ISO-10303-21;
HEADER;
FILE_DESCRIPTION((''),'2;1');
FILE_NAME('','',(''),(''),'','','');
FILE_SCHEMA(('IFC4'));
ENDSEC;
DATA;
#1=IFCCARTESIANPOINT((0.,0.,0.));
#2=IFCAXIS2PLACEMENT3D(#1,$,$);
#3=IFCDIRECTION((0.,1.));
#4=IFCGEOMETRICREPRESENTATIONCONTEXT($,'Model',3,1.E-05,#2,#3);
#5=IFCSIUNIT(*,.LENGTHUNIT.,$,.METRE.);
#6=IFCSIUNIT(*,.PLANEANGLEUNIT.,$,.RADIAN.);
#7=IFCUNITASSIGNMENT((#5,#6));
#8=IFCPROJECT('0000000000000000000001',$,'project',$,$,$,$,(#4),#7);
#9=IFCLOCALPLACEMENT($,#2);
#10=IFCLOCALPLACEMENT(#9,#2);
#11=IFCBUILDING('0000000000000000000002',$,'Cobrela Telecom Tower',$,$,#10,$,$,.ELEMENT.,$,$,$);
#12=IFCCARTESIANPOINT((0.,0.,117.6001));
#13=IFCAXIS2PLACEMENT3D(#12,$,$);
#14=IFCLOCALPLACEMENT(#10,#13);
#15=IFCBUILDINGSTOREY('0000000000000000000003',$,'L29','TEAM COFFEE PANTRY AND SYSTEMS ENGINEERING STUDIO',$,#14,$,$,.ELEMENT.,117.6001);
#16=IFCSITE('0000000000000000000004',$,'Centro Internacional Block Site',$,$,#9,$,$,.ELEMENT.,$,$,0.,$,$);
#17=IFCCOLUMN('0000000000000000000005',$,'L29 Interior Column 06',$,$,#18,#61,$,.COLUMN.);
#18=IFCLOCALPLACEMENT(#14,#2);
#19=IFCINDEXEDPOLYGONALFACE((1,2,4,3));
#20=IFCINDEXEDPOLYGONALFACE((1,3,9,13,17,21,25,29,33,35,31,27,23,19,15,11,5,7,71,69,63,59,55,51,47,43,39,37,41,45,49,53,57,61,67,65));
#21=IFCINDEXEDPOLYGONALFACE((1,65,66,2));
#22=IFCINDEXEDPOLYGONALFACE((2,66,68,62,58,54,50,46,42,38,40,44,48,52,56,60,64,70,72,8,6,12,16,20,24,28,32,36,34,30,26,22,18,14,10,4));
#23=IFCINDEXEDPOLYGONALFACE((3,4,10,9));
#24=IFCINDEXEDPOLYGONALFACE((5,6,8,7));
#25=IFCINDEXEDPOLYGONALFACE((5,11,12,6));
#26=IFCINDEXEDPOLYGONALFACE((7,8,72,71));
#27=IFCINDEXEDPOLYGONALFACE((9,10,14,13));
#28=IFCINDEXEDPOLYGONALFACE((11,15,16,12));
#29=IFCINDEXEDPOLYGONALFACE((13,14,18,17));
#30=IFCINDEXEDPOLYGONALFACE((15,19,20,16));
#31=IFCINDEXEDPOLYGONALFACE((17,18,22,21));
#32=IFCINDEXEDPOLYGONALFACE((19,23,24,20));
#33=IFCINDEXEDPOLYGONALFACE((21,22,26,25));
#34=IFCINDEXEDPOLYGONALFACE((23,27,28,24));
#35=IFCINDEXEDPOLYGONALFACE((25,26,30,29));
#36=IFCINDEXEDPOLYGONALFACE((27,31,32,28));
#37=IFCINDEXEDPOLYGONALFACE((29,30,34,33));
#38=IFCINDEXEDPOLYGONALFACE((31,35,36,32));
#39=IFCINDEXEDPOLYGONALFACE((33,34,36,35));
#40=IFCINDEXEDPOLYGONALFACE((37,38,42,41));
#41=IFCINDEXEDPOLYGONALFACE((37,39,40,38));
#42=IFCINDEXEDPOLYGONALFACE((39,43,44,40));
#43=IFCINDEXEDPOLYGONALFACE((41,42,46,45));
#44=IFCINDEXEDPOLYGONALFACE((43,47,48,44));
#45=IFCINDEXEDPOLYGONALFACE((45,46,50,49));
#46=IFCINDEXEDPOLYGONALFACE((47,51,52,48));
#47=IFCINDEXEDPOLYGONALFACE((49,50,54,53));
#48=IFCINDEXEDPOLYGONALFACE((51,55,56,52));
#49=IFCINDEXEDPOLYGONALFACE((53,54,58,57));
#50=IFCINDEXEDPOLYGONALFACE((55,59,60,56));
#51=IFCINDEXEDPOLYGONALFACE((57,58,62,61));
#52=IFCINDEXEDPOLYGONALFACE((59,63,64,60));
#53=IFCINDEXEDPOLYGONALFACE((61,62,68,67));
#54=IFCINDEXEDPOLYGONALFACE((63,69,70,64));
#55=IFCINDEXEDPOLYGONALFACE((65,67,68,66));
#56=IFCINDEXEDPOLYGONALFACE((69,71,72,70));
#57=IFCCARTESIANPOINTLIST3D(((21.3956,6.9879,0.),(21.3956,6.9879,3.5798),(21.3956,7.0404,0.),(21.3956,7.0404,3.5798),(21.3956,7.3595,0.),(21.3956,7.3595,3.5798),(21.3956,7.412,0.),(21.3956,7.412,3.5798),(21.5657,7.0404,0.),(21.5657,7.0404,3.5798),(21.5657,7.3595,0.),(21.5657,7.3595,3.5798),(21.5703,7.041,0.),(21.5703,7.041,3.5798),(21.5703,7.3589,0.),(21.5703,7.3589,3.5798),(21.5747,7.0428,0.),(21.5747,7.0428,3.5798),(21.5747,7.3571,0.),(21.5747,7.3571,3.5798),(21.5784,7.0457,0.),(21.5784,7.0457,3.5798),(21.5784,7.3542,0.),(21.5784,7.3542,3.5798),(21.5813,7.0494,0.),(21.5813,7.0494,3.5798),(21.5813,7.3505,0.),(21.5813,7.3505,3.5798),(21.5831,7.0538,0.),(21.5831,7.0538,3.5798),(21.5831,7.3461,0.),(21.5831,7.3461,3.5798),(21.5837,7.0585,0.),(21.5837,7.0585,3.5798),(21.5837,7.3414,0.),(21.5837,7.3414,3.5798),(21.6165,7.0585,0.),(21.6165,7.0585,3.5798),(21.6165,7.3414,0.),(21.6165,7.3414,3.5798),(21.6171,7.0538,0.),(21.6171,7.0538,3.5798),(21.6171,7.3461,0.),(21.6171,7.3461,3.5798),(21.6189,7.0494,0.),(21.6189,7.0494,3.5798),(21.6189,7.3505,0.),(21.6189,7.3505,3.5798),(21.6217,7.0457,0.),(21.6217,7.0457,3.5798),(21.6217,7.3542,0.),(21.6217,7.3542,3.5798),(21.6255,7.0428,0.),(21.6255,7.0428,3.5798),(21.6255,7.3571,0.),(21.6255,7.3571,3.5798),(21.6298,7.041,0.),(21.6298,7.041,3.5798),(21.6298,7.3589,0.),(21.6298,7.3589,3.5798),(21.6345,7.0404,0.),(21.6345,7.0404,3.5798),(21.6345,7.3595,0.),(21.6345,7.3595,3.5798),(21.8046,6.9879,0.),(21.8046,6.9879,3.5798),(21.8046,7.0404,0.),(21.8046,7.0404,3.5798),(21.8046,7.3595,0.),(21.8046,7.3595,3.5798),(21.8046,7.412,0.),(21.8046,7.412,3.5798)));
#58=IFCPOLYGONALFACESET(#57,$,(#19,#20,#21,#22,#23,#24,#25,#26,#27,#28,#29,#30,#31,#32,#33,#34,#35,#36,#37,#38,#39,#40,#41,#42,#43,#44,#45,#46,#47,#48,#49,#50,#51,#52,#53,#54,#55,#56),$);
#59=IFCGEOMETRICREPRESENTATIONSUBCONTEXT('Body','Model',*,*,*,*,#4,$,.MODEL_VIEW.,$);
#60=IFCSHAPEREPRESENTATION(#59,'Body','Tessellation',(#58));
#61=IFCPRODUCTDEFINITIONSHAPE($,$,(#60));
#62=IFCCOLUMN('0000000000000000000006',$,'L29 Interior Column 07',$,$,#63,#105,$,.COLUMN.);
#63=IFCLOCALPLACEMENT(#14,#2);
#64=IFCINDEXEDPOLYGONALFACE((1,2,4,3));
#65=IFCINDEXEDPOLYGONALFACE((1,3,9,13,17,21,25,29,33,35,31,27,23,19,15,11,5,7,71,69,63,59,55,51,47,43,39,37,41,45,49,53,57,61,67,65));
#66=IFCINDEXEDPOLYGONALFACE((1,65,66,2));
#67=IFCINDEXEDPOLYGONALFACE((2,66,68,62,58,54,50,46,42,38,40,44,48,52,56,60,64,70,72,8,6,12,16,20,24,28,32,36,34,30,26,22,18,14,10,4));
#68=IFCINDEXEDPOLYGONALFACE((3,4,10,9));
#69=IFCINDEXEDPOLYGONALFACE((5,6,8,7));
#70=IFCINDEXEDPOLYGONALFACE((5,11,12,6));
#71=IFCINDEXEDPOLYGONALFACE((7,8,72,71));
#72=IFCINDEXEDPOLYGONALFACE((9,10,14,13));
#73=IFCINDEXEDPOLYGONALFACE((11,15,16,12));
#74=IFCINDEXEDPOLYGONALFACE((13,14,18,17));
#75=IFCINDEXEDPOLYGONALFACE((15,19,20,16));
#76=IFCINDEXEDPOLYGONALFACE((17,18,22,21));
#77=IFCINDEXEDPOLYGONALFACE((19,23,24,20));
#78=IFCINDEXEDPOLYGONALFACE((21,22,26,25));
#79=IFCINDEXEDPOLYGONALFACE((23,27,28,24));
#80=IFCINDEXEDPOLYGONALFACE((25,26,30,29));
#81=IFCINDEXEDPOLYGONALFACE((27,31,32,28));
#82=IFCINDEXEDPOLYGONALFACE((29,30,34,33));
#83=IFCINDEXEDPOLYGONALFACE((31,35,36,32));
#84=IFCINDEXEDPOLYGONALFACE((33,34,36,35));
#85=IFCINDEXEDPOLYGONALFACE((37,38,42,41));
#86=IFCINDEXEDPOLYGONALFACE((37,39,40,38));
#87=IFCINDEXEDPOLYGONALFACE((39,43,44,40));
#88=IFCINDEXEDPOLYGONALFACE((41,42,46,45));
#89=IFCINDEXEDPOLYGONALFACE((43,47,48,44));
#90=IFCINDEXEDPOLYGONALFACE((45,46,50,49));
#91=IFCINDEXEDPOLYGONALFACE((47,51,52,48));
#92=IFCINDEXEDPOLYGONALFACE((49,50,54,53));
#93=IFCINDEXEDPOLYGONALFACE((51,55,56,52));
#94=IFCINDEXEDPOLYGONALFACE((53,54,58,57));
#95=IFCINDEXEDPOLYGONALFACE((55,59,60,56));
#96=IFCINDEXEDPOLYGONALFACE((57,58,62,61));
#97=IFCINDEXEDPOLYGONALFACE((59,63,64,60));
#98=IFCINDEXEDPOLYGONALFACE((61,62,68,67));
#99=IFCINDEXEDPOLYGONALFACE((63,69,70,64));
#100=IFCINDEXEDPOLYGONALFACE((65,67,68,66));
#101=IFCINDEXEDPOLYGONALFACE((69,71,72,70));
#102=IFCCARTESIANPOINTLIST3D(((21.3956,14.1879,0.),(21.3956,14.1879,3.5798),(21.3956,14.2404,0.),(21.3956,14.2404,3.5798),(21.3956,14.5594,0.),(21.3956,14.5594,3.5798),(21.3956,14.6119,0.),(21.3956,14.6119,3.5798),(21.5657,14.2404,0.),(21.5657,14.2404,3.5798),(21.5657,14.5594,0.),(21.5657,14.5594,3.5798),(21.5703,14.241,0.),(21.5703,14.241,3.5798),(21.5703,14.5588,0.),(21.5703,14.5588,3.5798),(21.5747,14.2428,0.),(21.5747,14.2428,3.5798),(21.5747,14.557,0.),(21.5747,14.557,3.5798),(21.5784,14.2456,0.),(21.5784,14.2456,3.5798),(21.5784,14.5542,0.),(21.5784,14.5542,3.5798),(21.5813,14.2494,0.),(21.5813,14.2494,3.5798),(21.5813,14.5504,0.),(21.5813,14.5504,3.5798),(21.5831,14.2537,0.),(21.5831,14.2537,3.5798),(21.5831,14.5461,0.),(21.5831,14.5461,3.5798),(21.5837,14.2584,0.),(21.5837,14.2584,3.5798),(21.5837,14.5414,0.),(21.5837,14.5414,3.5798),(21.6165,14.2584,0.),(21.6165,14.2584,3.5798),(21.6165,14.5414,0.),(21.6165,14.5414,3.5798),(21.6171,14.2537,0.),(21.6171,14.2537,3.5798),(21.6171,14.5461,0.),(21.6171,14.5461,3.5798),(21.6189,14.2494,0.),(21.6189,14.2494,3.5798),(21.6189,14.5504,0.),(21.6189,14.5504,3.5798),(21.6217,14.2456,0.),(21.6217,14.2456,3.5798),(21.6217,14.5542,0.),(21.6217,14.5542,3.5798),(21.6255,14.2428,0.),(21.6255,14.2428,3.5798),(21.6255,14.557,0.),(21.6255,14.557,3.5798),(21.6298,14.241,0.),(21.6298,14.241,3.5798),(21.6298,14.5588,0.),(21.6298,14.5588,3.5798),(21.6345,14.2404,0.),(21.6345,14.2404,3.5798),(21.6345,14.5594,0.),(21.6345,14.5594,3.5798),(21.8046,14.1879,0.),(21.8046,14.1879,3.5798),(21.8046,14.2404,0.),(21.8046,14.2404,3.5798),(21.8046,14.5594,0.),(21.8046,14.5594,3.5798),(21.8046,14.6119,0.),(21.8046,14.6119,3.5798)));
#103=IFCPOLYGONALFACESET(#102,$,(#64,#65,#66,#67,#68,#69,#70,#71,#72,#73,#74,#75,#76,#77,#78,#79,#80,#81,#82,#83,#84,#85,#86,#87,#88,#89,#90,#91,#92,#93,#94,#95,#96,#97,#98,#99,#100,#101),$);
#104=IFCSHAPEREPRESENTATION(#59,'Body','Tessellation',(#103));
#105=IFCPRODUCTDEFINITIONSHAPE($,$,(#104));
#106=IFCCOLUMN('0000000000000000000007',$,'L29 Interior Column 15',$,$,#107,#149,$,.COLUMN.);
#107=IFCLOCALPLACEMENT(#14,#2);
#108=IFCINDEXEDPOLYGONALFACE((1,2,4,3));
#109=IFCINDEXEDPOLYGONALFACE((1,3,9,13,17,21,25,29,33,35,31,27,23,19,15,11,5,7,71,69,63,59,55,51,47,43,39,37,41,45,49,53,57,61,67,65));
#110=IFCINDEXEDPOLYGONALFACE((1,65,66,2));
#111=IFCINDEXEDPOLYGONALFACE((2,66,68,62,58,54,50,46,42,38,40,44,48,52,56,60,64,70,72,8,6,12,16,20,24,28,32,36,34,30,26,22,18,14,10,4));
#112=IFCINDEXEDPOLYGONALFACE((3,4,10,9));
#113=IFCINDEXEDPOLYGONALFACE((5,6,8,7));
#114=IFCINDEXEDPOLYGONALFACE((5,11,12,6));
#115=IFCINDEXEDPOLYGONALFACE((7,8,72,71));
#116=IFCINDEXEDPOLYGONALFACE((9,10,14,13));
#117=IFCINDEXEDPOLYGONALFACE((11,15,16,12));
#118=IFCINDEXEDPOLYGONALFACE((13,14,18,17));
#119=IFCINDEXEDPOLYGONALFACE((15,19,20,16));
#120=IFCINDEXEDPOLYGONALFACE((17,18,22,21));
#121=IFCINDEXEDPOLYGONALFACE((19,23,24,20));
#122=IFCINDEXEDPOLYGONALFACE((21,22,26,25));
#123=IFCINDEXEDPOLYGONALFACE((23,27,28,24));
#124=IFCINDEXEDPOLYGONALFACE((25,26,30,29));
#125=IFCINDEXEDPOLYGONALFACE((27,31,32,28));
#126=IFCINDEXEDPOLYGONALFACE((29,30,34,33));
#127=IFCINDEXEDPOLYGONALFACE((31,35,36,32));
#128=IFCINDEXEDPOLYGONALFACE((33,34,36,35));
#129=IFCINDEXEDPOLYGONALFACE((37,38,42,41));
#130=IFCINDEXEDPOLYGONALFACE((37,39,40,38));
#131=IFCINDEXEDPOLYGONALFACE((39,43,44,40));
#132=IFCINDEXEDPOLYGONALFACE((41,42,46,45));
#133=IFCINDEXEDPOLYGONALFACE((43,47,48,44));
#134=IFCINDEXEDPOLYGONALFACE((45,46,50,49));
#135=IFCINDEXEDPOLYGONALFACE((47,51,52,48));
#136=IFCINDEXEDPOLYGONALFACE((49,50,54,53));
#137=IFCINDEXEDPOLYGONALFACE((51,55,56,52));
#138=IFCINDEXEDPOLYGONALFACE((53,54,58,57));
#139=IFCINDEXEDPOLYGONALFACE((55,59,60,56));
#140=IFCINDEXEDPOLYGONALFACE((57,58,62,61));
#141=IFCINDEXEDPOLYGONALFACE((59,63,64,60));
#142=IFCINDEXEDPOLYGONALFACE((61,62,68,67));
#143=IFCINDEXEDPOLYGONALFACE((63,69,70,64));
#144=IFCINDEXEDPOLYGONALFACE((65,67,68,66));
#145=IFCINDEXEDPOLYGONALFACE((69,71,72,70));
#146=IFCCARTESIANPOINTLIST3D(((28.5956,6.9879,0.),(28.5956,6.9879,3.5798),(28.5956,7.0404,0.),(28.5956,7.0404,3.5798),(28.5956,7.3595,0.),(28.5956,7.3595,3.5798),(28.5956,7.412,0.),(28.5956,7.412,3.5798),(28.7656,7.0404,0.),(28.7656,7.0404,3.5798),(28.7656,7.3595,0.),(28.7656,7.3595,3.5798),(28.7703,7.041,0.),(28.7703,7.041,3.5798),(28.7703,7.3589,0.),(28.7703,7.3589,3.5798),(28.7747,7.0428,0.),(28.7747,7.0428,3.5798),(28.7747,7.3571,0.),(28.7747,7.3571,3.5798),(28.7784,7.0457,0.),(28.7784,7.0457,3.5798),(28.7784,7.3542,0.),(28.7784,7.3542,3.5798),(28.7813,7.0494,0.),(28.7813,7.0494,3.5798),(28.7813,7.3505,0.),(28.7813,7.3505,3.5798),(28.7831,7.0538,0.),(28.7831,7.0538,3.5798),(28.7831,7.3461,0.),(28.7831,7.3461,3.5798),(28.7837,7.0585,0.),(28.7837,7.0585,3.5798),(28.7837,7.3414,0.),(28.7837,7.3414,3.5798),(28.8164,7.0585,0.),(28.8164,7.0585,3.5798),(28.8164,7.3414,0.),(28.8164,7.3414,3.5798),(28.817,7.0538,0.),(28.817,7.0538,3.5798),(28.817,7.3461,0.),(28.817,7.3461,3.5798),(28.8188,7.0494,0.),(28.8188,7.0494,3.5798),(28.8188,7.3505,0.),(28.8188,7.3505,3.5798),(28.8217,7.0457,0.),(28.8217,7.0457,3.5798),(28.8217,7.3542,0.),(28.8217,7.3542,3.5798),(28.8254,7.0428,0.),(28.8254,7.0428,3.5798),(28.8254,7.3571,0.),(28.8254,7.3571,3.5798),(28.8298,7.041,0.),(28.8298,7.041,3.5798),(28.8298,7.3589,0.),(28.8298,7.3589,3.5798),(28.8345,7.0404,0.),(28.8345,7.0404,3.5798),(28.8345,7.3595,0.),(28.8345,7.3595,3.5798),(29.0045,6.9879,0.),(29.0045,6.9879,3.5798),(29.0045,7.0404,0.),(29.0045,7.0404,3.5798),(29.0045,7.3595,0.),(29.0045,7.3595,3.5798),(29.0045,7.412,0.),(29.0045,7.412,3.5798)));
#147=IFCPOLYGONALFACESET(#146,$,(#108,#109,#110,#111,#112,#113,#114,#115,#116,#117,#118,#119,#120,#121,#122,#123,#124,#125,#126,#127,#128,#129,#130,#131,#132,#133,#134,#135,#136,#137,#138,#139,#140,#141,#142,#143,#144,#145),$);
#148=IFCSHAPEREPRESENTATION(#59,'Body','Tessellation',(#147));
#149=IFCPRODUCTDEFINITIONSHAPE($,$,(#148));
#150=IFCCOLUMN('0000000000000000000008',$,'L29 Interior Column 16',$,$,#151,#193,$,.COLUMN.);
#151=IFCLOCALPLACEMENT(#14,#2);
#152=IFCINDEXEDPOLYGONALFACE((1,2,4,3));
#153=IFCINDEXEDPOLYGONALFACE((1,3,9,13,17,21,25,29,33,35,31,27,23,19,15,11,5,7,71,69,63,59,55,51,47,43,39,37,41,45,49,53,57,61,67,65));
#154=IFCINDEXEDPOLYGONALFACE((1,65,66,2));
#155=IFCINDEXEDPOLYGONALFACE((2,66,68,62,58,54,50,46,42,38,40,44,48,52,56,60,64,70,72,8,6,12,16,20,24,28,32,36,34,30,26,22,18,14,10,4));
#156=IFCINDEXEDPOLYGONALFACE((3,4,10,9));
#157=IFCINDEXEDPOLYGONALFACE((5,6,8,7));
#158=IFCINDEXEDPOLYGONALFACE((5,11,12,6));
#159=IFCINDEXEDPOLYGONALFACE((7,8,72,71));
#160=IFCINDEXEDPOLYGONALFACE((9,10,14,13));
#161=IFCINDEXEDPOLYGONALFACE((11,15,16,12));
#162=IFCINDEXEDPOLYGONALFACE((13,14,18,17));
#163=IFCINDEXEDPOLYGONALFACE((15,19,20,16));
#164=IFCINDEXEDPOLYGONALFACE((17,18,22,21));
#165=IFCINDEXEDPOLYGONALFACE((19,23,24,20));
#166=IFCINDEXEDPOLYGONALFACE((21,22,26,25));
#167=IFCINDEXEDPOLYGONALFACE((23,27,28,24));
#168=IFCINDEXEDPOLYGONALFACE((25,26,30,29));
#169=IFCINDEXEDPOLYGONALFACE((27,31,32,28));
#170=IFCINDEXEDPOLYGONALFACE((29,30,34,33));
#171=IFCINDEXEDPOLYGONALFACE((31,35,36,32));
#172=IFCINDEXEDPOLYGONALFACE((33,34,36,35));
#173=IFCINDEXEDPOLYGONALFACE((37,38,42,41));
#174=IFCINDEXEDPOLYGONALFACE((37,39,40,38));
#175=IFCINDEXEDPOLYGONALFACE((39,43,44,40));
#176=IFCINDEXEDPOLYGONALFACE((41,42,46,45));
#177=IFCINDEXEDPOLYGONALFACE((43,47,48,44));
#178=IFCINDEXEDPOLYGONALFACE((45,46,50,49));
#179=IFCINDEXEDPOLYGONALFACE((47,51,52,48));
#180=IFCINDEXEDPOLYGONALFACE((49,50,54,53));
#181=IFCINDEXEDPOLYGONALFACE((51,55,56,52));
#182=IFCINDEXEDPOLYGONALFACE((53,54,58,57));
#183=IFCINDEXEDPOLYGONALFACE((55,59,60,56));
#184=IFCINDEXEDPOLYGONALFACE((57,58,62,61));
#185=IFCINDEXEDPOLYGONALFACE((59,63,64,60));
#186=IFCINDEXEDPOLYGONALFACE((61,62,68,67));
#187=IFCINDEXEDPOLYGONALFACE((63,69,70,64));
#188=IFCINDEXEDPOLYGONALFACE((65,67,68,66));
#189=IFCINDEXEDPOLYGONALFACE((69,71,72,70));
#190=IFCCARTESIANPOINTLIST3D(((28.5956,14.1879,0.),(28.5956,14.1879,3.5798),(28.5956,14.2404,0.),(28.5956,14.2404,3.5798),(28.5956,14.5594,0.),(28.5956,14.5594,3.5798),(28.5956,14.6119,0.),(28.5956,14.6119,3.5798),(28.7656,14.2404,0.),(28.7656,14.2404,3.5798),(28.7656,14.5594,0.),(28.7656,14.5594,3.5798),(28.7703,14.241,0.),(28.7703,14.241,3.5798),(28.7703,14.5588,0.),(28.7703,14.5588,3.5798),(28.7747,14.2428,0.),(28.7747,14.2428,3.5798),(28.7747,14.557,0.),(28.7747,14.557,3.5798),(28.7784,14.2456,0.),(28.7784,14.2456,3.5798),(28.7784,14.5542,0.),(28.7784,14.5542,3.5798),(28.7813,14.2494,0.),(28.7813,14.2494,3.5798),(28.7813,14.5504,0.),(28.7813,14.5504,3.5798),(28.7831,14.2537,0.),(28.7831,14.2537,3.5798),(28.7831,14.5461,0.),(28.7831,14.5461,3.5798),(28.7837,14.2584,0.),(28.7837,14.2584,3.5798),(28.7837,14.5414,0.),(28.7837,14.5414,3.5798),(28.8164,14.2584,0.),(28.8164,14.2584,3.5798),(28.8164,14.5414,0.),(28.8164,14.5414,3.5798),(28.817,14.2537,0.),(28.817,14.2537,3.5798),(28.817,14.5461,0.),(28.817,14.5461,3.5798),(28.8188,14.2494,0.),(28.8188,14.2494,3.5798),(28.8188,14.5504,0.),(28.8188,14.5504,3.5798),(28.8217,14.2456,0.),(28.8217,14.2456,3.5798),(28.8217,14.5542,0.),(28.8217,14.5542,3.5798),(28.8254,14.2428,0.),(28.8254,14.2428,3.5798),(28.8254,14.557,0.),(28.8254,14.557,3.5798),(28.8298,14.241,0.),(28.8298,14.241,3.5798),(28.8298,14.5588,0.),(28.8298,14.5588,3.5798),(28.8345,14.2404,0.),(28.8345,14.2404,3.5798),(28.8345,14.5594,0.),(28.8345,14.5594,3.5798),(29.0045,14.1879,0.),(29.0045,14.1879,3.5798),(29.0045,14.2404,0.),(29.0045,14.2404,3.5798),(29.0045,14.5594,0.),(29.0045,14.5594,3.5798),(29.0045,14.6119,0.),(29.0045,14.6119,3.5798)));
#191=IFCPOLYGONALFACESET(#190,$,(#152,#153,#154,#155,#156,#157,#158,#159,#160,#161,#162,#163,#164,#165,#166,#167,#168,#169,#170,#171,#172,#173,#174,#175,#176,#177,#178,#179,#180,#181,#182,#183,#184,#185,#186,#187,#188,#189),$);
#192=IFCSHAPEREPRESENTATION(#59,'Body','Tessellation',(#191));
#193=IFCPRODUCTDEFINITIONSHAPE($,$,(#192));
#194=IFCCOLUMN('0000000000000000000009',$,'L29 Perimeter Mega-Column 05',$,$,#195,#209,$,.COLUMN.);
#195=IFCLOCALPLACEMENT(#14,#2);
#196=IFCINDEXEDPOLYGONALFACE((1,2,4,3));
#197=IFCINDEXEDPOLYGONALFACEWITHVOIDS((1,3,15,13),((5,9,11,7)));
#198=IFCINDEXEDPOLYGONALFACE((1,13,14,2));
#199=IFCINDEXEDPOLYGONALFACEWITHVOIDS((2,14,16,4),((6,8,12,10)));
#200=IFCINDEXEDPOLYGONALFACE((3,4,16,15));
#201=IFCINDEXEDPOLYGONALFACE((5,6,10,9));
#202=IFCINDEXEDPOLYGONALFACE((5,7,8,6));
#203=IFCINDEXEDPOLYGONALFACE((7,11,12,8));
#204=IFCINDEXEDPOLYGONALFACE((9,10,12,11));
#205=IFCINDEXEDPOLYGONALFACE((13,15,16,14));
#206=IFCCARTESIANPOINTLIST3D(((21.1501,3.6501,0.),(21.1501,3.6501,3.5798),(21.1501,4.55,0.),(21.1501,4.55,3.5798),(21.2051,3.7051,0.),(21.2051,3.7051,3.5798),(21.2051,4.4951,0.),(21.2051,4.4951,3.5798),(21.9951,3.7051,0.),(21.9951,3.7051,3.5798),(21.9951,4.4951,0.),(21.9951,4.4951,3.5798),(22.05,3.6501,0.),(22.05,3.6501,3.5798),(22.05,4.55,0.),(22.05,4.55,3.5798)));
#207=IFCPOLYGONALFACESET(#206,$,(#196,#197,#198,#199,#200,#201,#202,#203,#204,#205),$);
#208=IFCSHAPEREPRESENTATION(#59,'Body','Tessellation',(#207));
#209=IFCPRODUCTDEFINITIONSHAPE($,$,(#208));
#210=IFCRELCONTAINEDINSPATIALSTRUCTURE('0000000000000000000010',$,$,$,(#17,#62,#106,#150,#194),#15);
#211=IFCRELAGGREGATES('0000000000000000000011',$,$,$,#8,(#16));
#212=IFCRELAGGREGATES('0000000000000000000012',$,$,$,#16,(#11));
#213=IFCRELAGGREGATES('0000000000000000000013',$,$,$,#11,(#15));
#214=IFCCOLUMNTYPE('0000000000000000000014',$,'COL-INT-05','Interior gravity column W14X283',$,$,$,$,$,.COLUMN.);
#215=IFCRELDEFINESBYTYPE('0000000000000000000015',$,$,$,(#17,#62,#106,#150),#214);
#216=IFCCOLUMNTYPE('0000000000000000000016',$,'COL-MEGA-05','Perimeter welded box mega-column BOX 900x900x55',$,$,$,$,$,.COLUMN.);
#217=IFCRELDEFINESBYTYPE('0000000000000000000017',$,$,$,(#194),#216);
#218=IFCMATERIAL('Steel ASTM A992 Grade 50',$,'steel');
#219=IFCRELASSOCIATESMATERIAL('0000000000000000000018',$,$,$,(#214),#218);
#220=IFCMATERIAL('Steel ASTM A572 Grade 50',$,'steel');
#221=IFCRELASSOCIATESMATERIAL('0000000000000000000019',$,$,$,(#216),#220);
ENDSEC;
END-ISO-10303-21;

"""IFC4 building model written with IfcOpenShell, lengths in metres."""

from ifc_helpers import new_model, si_unit, direction, frame, origin, origin_2d, place, context, subcontext, project, spatial, hollow_rectangle, i_section, extrude, material, material_profile, profile_set, type_object, element, save


model = new_model("IFC4")

# Units and contexts
model_context = context("Model", 3, precision=1e-05, world=origin(), true_north=direction((0.0, 1.0)))
body_context = subcontext(model_context, "Body", "Model", "MODEL_VIEW")
ifc_project = project(units=[si_unit("LENGTHUNIT", "METRE"), si_unit("PLANEANGLEUNIT", "RADIAN")], contexts=[model_context])

# Site, building, storey
site_placement = place(None, origin())
site = spatial("IfcSite", under=ifc_project, at=site_placement, Name="Centro Internacional Block Site", CompositionType="ELEMENT", RefElevation=0.0)
building_placement = place(site_placement, origin())
building = spatial("IfcBuilding", under=site, at=building_placement, Name="Cobrela Telecom Tower", CompositionType="ELEMENT")
storey_placement = place(building_placement, frame((0.0, 0.0, 117.6001)))
storey = spatial("IfcBuildingStorey", under=building, at=storey_placement, Name="L29", Description="TEAM COFFEE PANTRY AND SYSTEMS ENGINEERING STUDIO", CompositionType="ELEMENT", Elevation=117.6001)

# Columns
ifc_material_1 = material(Name="Steel ASTM A992 Grade 50", Category="steel")
ifc_material_profile_1 = material_profile(ifc_material_1, i_section(OverallWidth=0.4089, OverallDepth=0.4241, WebThickness=0.0327, FlangeThickness=0.0525, FilletRadius=0.0181, at=origin_2d()), Name="W14X283")
ifc_profile_set_1 = profile_set([ifc_material_profile_1], Name="Steel ASTM A992 Grade 50")
column_type_1 = type_object("IfcColumnType", Name="COL-INT-05", Description="Interior gravity column W14X283", PredefinedType="COLUMN", material=ifc_profile_set_1)
for number, where, z_axis, x_axis, name in (
    (1, (21.6001, 7.2, 0.0), (0.0, 0.0, 1.0), (1.0, 0.0, 0.0), "L29 Interior Column 06"),
    (2, (21.6001, 14.3999, 0.0), (0.0, 0.0, 1.0), (1.0, 0.0, 0.0), "L29 Interior Column 07"),
    (3, (28.8, 7.2, 0.0), (0.0, 0.0, 1.0), (1.0, 0.0, 0.0), "L29 Interior Column 15"),
    (4, (28.8, 14.3999, 0.0), (0.0, 0.0, 1.0), (1.0, 0.0, 0.0), "L29 Interior Column 16"),
):
    element("IfcColumn", number, at=place(storey_placement, frame(where, z_axis=z_axis, x_axis=x_axis)), inside=storey, type_object=column_type_1, Name=name, PredefinedType="COLUMN", context=body_context, shape_type="SweptSolid", body=[
        extrude(i_section(OverallWidth=0.4089, OverallDepth=0.4241, WebThickness=0.0327, FlangeThickness=0.0525, FilletRadius=0.0181, at=origin_2d()), origin(), (0.0, 0.0, 1.0), 3.5798),
    ])
ifc_material_2 = material(Name="Steel ASTM A572 Grade 50", Category="steel")
ifc_material_profile_2 = material_profile(ifc_material_2, hollow_rectangle(XDim=0.8999, YDim=0.8999, WallThickness=0.0549, at=origin_2d()), Name="BOX 900x900x55")
ifc_profile_set_2 = profile_set([ifc_material_profile_2], Name="Steel ASTM A572 Grade 50")
column_type_2 = type_object("IfcColumnType", Name="COL-MEGA-05", Description="Perimeter welded box mega-column BOX 900x900x55", PredefinedType="COLUMN", material=ifc_profile_set_2)
for number, where, z_axis, x_axis, name in (
    (5, (21.6001, 4.1001, 0.0), (0.0, 0.0, 1.0), (1.0, 0.0, 0.0), "L29 Perimeter Mega-Column 05"),
):
    element("IfcColumn", number, at=place(storey_placement, frame(where, z_axis=z_axis, x_axis=x_axis)), inside=storey, type_object=column_type_2, Name=name, PredefinedType="COLUMN", context=body_context, shape_type="SweptSolid", body=[
        extrude(hollow_rectangle(XDim=0.8999, YDim=0.8999, WallThickness=0.0549, at=origin_2d()), origin(), (0.0, 0.0, 1.0), 3.5798),
    ])

save(model, "model.ifc")
